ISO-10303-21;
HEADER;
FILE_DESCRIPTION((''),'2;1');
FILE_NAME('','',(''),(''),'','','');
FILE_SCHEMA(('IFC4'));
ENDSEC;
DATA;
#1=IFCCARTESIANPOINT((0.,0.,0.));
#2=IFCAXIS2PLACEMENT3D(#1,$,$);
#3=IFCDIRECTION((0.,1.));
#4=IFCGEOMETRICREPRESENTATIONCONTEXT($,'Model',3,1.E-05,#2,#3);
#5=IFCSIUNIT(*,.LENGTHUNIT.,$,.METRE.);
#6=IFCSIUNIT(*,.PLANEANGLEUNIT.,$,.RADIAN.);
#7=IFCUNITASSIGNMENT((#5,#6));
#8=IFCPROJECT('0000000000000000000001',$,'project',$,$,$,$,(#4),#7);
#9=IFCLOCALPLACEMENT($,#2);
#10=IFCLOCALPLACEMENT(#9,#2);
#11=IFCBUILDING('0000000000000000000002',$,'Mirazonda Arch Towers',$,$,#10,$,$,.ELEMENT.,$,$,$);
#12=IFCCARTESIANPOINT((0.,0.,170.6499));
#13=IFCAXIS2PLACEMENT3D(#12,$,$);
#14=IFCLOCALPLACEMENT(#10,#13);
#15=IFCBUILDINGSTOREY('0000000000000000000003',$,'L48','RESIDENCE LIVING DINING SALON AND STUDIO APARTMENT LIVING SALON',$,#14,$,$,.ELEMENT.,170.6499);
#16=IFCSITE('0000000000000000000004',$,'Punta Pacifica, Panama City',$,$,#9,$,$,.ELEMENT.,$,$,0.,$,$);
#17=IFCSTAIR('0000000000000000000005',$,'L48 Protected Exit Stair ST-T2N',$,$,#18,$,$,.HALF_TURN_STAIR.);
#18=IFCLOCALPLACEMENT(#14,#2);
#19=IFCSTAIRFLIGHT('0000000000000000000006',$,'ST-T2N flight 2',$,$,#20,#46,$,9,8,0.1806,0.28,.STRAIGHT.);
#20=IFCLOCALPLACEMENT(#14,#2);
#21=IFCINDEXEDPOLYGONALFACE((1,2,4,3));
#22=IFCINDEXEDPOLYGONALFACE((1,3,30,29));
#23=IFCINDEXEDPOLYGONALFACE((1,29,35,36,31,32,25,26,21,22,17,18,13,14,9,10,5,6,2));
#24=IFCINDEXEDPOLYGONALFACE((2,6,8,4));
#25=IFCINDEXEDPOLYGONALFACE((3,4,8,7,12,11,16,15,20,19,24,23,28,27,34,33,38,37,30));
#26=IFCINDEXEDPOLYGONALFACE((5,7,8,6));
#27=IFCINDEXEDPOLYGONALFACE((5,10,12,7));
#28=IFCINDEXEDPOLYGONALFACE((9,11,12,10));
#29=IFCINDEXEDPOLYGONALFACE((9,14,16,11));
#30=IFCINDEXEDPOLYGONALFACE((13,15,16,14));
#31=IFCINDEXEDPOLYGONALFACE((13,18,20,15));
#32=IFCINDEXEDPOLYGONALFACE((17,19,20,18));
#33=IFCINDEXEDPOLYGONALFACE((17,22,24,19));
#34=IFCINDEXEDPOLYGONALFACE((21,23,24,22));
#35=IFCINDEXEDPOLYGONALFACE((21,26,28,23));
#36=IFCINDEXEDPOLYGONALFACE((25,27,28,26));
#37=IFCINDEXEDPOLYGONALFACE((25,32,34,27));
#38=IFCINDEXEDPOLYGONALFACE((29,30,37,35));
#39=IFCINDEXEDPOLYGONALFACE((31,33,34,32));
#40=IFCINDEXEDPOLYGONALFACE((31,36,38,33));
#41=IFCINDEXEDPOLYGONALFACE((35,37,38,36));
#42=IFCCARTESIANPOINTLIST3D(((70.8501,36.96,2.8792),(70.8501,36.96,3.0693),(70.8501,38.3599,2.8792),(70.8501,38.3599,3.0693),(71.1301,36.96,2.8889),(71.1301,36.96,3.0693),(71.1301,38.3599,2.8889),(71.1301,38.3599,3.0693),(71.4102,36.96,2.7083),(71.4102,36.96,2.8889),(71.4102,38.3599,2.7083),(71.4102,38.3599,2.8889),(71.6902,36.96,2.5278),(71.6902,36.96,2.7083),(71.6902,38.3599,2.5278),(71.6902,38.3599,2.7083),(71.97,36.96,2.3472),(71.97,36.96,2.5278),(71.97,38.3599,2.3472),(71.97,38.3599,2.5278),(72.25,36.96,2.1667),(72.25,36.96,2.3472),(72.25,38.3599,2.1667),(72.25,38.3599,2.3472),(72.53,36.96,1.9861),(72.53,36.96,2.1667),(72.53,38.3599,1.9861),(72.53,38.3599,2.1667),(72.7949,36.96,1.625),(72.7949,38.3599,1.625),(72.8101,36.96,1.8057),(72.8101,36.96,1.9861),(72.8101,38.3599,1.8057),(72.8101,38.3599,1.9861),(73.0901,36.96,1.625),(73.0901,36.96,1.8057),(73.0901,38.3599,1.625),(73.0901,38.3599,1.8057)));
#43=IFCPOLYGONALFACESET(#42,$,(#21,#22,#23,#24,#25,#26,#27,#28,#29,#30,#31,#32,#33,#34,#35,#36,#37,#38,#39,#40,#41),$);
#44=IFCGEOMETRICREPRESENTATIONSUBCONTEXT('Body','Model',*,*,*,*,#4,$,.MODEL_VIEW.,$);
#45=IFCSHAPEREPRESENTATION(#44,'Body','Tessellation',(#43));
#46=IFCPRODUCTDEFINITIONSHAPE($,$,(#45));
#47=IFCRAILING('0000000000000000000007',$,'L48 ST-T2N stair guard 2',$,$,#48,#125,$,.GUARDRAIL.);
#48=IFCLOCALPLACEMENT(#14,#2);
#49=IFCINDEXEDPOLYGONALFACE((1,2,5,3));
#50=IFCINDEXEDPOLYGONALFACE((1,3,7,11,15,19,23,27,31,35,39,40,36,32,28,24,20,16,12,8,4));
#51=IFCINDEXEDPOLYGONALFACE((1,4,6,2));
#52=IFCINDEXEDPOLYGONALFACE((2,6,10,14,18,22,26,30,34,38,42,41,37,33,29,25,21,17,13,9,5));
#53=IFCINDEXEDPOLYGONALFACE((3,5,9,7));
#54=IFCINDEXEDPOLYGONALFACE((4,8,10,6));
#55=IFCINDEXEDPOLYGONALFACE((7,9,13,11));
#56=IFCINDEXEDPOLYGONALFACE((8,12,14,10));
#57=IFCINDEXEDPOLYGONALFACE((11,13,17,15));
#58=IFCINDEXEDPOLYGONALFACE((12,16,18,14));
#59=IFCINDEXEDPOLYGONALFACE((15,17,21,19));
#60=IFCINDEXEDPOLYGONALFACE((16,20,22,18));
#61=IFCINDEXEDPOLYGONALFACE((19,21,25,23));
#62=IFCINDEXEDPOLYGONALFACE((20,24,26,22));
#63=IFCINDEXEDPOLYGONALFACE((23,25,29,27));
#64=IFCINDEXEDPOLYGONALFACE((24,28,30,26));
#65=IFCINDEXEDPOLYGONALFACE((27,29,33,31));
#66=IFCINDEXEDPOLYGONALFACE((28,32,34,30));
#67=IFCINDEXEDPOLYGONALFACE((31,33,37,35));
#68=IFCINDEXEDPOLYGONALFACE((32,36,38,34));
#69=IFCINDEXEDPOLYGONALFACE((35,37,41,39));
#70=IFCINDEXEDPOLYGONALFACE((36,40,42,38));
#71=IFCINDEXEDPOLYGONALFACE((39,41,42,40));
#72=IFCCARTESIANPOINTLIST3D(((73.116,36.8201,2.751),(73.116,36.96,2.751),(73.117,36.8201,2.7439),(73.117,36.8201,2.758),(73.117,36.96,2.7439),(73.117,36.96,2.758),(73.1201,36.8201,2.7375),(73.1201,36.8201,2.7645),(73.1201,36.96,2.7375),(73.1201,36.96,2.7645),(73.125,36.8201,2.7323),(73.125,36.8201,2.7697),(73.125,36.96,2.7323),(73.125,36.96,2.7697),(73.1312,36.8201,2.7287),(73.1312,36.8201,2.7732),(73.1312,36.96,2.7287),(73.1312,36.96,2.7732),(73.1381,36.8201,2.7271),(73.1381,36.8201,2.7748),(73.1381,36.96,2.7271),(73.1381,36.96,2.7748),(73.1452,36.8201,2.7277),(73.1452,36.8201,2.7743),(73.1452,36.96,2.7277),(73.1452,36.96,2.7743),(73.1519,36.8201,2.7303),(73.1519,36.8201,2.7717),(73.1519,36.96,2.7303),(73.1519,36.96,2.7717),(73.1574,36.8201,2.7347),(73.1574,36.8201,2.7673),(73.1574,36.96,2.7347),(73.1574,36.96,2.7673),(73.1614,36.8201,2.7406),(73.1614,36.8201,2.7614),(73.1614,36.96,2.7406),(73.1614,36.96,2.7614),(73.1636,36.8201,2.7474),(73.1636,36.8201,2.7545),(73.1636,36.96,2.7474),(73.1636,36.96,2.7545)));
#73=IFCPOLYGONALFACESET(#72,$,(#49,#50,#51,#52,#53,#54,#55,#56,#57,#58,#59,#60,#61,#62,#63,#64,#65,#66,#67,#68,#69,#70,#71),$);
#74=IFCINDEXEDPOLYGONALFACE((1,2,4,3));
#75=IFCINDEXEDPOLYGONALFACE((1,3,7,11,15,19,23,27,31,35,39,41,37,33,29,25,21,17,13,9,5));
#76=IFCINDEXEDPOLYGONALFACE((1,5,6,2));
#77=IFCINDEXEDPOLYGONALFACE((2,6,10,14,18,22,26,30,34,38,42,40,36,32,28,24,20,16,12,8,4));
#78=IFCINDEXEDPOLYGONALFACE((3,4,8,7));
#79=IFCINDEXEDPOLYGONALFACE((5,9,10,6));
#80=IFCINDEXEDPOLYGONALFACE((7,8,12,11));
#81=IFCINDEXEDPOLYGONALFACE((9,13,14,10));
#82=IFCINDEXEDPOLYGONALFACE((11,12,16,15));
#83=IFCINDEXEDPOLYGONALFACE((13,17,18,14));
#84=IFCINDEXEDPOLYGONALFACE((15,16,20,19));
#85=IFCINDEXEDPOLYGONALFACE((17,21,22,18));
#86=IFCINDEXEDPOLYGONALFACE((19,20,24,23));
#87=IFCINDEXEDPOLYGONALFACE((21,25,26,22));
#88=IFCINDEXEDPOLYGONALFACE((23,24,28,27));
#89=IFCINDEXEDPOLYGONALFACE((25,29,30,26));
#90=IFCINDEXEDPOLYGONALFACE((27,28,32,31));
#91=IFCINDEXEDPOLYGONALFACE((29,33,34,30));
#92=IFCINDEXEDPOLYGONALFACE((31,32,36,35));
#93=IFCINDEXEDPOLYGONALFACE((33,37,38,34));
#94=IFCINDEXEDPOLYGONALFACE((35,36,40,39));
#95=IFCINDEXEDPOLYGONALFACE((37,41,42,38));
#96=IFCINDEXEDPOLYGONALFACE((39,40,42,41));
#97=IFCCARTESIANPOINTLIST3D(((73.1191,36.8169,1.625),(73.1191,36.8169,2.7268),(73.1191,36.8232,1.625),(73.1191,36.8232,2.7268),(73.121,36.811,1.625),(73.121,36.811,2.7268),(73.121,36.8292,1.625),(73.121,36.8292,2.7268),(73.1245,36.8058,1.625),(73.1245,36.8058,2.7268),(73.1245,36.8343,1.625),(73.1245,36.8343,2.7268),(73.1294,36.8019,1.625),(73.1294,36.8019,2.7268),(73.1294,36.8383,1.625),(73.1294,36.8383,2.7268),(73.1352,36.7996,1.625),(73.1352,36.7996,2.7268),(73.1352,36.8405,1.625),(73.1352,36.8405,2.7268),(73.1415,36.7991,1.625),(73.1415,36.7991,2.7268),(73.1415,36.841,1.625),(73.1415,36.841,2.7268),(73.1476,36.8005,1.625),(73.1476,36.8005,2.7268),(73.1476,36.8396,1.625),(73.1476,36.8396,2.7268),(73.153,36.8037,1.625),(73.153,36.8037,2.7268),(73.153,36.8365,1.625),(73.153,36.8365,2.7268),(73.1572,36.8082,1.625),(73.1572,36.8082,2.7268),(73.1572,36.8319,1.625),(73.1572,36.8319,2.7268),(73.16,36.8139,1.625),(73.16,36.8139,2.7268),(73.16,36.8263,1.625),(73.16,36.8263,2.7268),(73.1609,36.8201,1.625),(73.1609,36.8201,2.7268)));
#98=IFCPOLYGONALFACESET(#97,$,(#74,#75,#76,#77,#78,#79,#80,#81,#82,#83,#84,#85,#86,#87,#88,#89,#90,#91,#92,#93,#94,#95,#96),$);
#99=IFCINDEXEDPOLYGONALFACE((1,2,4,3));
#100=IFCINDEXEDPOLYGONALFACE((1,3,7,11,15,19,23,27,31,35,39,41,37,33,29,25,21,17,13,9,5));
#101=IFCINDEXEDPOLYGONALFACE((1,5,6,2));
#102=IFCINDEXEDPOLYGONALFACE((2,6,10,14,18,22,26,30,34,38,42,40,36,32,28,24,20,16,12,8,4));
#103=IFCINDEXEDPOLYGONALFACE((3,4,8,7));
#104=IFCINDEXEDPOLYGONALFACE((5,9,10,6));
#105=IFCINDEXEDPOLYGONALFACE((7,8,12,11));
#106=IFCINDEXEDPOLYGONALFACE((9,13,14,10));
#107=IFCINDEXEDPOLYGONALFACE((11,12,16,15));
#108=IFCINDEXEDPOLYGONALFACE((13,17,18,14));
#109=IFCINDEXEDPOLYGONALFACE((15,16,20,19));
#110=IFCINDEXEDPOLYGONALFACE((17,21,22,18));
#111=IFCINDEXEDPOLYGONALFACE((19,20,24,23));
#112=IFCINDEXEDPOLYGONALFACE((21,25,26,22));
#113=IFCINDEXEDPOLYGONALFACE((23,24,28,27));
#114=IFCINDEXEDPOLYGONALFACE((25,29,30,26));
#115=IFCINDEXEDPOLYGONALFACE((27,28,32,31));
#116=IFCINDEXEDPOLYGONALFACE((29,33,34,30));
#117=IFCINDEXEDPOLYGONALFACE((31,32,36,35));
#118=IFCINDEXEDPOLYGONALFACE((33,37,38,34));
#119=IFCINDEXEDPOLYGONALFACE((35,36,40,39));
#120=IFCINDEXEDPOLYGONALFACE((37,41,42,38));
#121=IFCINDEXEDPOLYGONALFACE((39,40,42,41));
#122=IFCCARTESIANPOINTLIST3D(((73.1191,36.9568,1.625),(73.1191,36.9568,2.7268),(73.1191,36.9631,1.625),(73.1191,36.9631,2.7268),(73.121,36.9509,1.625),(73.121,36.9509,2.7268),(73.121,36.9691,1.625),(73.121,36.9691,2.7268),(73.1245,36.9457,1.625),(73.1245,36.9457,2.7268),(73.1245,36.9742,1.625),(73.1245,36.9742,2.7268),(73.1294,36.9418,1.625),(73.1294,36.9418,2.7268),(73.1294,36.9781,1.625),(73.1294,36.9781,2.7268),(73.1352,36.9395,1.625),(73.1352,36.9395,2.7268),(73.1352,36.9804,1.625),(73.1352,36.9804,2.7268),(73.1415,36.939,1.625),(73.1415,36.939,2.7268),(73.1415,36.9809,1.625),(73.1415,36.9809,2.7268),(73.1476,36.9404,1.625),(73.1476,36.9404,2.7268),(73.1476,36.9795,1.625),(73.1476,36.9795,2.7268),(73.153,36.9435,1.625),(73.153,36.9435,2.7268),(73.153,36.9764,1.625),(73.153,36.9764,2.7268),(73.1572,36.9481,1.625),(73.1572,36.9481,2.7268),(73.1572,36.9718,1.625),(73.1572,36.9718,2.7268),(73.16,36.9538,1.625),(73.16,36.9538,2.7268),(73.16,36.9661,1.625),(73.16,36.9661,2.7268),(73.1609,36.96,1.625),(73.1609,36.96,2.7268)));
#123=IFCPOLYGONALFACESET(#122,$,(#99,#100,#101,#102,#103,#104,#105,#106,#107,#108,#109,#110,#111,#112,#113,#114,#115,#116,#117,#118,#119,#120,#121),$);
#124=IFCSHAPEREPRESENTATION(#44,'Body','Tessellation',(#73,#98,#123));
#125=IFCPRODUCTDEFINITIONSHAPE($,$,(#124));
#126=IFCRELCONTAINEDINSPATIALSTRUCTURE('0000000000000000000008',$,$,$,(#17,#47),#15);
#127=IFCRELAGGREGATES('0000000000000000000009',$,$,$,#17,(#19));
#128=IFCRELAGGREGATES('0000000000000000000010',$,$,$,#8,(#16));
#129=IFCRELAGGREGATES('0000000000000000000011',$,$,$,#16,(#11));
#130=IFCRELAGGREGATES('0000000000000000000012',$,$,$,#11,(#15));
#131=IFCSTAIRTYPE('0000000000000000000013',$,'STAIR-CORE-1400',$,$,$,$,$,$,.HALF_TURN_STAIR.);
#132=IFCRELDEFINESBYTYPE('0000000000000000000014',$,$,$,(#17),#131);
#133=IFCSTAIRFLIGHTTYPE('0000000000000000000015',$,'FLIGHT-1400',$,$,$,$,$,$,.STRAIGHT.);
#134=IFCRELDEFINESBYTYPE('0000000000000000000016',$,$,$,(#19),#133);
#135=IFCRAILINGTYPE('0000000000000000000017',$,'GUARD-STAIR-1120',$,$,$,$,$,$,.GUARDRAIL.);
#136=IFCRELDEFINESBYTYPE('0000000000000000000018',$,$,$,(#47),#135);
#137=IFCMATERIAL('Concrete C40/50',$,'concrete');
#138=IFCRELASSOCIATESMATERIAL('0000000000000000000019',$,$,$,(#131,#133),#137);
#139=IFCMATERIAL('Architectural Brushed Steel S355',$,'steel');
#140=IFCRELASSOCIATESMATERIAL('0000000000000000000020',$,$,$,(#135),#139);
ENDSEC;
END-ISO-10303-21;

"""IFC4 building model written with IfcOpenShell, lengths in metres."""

from ifc_helpers import new_model, si_unit, direction, frame, origin, origin_2d, place, context, subcontext, project, spatial, polyline, circle, outline, extrude, material, type_object, element, aggregate, save


model = new_model("IFC4")

# Units and contexts
model_context = context("Model", 3, precision=1e-05, world=origin(), true_north=direction((0.0, 1.0)))
body_context = subcontext(model_context, "Body", "Model", "MODEL_VIEW")
ifc_project = project(units=[si_unit("LENGTHUNIT", "METRE"), si_unit("PLANEANGLEUNIT", "RADIAN")], contexts=[model_context])

# Site, building, storey
site_placement = place(None, origin())
site = spatial("IfcSite", under=ifc_project, at=site_placement, Name="Punta Pacifica, Panama City", CompositionType="ELEMENT", RefElevation=0.0)
building_placement = place(site_placement, origin())
building = spatial("IfcBuilding", under=site, at=building_placement, Name="Mirazonda Arch Towers", CompositionType="ELEMENT")
storey_placement = place(building_placement, frame((0.0, 0.0, 170.6499)))
storey = spatial("IfcBuildingStorey", under=building, at=storey_placement, Name="L48", Description="RESIDENCE LIVING DINING SALON AND STUDIO APARTMENT LIVING SALON", CompositionType="ELEMENT", Elevation=170.6499)

# Shared definitions
ifc_material_1 = material(Name="Concrete C40/50", Category="concrete")

# Stair, stair flight
stair_type = type_object("IfcStairType", Name="STAIR-CORE-1400", PredefinedType="HALF_TURN_STAIR", material=ifc_material_1)
stair_placement = place(storey_placement, origin())
stair = element("IfcStair", 1, at=stair_placement, inside=storey, type_object=stair_type, Name="L48 Protected Exit Stair ST-T2N", PredefinedType="HALF_TURN_STAIR")
stair_flight_type = type_object("IfcStairFlightType", Name="FLIGHT-1400", PredefinedType="STRAIGHT", material=ifc_material_1)
stair_flight_placement = place(storey_placement, frame((73.0901, 37.6599, 1.625), z_axis=(0.0, 0.0, 1.0), x_axis=(-1.0, 0.0, 0.0)))
stair_flight = element("IfcStairFlight", 2, at=stair_flight_placement, type_object=stair_flight_type, Name="ST-T2N flight 2", NumberOfRisers=9, NumberOfTreads=8, PredefinedType="STRAIGHT", RiserHeight=0.1806, TreadLength=0.28, context=body_context, shape_type="SweptSolid", body=[
    extrude(outline(polyline([(0.0, 0.0), (0.0, 0.1807), (0.28, 0.1807), (0.28, 0.3611), (0.5601, 0.3611), (0.5601, 0.5417), (0.8401, 0.5417), (0.8401, 0.7222), (1.1201, 0.7222), (1.1201, 0.9028), (1.3999, 0.9028), (1.3999, 1.0833), (1.6799, 1.0833), (1.6799, 1.2639), (1.96, 1.2639), (1.96, 1.4443), (2.24, 1.4443), (2.24, 1.625), (2.24, 1.2542), (0.2952, 0.0), (0.0, 0.0)])), frame((0.0, 0.7, 0.0), z_axis=(0.0, -1.0, 0.0), x_axis=(1.0, 0.0, 0.0)), (0.0, 0.0, 1.0), 1.3999),
])
aggregate(stair, [stair_flight])

# Railing
ifc_material_2 = material(Name="Architectural Brushed Steel S355", Category="steel")
railing_type_1 = type_object("IfcRailingType", Name="GUARD-STAIR-1120", PredefinedType="GUARDRAIL", material=ifc_material_2)
railing_1_placement = place(storey_placement, frame((73.1399, 36.8201, 1.625)))
element("IfcRailing", 3, at=railing_1_placement, inside=storey, type_object=railing_type_1, Name="L48 ST-T2N stair guard 2", PredefinedType="GUARDRAIL", context=body_context, shape_type="SweptSolid", body=[
    extrude(circle(Radius=0.0239, at=origin_2d()), frame((0.0, 0.0, 1.126), z_axis=(0.0, 1.0, 0.0), x_axis=(-1.0, 0.0, 0.0)), (0.0, 0.0, 1.0), 0.1399),
    extrude(circle(Radius=0.021, at=origin_2d()), origin(), (0.0, 0.0, 1.0), 1.1018),
    extrude(circle(Radius=0.021, at=origin_2d()), frame((0.0, 0.1399, 0.0)), (0.0, 0.0, 1.0), 1.1018),
])

save(model, "model.ifc")
